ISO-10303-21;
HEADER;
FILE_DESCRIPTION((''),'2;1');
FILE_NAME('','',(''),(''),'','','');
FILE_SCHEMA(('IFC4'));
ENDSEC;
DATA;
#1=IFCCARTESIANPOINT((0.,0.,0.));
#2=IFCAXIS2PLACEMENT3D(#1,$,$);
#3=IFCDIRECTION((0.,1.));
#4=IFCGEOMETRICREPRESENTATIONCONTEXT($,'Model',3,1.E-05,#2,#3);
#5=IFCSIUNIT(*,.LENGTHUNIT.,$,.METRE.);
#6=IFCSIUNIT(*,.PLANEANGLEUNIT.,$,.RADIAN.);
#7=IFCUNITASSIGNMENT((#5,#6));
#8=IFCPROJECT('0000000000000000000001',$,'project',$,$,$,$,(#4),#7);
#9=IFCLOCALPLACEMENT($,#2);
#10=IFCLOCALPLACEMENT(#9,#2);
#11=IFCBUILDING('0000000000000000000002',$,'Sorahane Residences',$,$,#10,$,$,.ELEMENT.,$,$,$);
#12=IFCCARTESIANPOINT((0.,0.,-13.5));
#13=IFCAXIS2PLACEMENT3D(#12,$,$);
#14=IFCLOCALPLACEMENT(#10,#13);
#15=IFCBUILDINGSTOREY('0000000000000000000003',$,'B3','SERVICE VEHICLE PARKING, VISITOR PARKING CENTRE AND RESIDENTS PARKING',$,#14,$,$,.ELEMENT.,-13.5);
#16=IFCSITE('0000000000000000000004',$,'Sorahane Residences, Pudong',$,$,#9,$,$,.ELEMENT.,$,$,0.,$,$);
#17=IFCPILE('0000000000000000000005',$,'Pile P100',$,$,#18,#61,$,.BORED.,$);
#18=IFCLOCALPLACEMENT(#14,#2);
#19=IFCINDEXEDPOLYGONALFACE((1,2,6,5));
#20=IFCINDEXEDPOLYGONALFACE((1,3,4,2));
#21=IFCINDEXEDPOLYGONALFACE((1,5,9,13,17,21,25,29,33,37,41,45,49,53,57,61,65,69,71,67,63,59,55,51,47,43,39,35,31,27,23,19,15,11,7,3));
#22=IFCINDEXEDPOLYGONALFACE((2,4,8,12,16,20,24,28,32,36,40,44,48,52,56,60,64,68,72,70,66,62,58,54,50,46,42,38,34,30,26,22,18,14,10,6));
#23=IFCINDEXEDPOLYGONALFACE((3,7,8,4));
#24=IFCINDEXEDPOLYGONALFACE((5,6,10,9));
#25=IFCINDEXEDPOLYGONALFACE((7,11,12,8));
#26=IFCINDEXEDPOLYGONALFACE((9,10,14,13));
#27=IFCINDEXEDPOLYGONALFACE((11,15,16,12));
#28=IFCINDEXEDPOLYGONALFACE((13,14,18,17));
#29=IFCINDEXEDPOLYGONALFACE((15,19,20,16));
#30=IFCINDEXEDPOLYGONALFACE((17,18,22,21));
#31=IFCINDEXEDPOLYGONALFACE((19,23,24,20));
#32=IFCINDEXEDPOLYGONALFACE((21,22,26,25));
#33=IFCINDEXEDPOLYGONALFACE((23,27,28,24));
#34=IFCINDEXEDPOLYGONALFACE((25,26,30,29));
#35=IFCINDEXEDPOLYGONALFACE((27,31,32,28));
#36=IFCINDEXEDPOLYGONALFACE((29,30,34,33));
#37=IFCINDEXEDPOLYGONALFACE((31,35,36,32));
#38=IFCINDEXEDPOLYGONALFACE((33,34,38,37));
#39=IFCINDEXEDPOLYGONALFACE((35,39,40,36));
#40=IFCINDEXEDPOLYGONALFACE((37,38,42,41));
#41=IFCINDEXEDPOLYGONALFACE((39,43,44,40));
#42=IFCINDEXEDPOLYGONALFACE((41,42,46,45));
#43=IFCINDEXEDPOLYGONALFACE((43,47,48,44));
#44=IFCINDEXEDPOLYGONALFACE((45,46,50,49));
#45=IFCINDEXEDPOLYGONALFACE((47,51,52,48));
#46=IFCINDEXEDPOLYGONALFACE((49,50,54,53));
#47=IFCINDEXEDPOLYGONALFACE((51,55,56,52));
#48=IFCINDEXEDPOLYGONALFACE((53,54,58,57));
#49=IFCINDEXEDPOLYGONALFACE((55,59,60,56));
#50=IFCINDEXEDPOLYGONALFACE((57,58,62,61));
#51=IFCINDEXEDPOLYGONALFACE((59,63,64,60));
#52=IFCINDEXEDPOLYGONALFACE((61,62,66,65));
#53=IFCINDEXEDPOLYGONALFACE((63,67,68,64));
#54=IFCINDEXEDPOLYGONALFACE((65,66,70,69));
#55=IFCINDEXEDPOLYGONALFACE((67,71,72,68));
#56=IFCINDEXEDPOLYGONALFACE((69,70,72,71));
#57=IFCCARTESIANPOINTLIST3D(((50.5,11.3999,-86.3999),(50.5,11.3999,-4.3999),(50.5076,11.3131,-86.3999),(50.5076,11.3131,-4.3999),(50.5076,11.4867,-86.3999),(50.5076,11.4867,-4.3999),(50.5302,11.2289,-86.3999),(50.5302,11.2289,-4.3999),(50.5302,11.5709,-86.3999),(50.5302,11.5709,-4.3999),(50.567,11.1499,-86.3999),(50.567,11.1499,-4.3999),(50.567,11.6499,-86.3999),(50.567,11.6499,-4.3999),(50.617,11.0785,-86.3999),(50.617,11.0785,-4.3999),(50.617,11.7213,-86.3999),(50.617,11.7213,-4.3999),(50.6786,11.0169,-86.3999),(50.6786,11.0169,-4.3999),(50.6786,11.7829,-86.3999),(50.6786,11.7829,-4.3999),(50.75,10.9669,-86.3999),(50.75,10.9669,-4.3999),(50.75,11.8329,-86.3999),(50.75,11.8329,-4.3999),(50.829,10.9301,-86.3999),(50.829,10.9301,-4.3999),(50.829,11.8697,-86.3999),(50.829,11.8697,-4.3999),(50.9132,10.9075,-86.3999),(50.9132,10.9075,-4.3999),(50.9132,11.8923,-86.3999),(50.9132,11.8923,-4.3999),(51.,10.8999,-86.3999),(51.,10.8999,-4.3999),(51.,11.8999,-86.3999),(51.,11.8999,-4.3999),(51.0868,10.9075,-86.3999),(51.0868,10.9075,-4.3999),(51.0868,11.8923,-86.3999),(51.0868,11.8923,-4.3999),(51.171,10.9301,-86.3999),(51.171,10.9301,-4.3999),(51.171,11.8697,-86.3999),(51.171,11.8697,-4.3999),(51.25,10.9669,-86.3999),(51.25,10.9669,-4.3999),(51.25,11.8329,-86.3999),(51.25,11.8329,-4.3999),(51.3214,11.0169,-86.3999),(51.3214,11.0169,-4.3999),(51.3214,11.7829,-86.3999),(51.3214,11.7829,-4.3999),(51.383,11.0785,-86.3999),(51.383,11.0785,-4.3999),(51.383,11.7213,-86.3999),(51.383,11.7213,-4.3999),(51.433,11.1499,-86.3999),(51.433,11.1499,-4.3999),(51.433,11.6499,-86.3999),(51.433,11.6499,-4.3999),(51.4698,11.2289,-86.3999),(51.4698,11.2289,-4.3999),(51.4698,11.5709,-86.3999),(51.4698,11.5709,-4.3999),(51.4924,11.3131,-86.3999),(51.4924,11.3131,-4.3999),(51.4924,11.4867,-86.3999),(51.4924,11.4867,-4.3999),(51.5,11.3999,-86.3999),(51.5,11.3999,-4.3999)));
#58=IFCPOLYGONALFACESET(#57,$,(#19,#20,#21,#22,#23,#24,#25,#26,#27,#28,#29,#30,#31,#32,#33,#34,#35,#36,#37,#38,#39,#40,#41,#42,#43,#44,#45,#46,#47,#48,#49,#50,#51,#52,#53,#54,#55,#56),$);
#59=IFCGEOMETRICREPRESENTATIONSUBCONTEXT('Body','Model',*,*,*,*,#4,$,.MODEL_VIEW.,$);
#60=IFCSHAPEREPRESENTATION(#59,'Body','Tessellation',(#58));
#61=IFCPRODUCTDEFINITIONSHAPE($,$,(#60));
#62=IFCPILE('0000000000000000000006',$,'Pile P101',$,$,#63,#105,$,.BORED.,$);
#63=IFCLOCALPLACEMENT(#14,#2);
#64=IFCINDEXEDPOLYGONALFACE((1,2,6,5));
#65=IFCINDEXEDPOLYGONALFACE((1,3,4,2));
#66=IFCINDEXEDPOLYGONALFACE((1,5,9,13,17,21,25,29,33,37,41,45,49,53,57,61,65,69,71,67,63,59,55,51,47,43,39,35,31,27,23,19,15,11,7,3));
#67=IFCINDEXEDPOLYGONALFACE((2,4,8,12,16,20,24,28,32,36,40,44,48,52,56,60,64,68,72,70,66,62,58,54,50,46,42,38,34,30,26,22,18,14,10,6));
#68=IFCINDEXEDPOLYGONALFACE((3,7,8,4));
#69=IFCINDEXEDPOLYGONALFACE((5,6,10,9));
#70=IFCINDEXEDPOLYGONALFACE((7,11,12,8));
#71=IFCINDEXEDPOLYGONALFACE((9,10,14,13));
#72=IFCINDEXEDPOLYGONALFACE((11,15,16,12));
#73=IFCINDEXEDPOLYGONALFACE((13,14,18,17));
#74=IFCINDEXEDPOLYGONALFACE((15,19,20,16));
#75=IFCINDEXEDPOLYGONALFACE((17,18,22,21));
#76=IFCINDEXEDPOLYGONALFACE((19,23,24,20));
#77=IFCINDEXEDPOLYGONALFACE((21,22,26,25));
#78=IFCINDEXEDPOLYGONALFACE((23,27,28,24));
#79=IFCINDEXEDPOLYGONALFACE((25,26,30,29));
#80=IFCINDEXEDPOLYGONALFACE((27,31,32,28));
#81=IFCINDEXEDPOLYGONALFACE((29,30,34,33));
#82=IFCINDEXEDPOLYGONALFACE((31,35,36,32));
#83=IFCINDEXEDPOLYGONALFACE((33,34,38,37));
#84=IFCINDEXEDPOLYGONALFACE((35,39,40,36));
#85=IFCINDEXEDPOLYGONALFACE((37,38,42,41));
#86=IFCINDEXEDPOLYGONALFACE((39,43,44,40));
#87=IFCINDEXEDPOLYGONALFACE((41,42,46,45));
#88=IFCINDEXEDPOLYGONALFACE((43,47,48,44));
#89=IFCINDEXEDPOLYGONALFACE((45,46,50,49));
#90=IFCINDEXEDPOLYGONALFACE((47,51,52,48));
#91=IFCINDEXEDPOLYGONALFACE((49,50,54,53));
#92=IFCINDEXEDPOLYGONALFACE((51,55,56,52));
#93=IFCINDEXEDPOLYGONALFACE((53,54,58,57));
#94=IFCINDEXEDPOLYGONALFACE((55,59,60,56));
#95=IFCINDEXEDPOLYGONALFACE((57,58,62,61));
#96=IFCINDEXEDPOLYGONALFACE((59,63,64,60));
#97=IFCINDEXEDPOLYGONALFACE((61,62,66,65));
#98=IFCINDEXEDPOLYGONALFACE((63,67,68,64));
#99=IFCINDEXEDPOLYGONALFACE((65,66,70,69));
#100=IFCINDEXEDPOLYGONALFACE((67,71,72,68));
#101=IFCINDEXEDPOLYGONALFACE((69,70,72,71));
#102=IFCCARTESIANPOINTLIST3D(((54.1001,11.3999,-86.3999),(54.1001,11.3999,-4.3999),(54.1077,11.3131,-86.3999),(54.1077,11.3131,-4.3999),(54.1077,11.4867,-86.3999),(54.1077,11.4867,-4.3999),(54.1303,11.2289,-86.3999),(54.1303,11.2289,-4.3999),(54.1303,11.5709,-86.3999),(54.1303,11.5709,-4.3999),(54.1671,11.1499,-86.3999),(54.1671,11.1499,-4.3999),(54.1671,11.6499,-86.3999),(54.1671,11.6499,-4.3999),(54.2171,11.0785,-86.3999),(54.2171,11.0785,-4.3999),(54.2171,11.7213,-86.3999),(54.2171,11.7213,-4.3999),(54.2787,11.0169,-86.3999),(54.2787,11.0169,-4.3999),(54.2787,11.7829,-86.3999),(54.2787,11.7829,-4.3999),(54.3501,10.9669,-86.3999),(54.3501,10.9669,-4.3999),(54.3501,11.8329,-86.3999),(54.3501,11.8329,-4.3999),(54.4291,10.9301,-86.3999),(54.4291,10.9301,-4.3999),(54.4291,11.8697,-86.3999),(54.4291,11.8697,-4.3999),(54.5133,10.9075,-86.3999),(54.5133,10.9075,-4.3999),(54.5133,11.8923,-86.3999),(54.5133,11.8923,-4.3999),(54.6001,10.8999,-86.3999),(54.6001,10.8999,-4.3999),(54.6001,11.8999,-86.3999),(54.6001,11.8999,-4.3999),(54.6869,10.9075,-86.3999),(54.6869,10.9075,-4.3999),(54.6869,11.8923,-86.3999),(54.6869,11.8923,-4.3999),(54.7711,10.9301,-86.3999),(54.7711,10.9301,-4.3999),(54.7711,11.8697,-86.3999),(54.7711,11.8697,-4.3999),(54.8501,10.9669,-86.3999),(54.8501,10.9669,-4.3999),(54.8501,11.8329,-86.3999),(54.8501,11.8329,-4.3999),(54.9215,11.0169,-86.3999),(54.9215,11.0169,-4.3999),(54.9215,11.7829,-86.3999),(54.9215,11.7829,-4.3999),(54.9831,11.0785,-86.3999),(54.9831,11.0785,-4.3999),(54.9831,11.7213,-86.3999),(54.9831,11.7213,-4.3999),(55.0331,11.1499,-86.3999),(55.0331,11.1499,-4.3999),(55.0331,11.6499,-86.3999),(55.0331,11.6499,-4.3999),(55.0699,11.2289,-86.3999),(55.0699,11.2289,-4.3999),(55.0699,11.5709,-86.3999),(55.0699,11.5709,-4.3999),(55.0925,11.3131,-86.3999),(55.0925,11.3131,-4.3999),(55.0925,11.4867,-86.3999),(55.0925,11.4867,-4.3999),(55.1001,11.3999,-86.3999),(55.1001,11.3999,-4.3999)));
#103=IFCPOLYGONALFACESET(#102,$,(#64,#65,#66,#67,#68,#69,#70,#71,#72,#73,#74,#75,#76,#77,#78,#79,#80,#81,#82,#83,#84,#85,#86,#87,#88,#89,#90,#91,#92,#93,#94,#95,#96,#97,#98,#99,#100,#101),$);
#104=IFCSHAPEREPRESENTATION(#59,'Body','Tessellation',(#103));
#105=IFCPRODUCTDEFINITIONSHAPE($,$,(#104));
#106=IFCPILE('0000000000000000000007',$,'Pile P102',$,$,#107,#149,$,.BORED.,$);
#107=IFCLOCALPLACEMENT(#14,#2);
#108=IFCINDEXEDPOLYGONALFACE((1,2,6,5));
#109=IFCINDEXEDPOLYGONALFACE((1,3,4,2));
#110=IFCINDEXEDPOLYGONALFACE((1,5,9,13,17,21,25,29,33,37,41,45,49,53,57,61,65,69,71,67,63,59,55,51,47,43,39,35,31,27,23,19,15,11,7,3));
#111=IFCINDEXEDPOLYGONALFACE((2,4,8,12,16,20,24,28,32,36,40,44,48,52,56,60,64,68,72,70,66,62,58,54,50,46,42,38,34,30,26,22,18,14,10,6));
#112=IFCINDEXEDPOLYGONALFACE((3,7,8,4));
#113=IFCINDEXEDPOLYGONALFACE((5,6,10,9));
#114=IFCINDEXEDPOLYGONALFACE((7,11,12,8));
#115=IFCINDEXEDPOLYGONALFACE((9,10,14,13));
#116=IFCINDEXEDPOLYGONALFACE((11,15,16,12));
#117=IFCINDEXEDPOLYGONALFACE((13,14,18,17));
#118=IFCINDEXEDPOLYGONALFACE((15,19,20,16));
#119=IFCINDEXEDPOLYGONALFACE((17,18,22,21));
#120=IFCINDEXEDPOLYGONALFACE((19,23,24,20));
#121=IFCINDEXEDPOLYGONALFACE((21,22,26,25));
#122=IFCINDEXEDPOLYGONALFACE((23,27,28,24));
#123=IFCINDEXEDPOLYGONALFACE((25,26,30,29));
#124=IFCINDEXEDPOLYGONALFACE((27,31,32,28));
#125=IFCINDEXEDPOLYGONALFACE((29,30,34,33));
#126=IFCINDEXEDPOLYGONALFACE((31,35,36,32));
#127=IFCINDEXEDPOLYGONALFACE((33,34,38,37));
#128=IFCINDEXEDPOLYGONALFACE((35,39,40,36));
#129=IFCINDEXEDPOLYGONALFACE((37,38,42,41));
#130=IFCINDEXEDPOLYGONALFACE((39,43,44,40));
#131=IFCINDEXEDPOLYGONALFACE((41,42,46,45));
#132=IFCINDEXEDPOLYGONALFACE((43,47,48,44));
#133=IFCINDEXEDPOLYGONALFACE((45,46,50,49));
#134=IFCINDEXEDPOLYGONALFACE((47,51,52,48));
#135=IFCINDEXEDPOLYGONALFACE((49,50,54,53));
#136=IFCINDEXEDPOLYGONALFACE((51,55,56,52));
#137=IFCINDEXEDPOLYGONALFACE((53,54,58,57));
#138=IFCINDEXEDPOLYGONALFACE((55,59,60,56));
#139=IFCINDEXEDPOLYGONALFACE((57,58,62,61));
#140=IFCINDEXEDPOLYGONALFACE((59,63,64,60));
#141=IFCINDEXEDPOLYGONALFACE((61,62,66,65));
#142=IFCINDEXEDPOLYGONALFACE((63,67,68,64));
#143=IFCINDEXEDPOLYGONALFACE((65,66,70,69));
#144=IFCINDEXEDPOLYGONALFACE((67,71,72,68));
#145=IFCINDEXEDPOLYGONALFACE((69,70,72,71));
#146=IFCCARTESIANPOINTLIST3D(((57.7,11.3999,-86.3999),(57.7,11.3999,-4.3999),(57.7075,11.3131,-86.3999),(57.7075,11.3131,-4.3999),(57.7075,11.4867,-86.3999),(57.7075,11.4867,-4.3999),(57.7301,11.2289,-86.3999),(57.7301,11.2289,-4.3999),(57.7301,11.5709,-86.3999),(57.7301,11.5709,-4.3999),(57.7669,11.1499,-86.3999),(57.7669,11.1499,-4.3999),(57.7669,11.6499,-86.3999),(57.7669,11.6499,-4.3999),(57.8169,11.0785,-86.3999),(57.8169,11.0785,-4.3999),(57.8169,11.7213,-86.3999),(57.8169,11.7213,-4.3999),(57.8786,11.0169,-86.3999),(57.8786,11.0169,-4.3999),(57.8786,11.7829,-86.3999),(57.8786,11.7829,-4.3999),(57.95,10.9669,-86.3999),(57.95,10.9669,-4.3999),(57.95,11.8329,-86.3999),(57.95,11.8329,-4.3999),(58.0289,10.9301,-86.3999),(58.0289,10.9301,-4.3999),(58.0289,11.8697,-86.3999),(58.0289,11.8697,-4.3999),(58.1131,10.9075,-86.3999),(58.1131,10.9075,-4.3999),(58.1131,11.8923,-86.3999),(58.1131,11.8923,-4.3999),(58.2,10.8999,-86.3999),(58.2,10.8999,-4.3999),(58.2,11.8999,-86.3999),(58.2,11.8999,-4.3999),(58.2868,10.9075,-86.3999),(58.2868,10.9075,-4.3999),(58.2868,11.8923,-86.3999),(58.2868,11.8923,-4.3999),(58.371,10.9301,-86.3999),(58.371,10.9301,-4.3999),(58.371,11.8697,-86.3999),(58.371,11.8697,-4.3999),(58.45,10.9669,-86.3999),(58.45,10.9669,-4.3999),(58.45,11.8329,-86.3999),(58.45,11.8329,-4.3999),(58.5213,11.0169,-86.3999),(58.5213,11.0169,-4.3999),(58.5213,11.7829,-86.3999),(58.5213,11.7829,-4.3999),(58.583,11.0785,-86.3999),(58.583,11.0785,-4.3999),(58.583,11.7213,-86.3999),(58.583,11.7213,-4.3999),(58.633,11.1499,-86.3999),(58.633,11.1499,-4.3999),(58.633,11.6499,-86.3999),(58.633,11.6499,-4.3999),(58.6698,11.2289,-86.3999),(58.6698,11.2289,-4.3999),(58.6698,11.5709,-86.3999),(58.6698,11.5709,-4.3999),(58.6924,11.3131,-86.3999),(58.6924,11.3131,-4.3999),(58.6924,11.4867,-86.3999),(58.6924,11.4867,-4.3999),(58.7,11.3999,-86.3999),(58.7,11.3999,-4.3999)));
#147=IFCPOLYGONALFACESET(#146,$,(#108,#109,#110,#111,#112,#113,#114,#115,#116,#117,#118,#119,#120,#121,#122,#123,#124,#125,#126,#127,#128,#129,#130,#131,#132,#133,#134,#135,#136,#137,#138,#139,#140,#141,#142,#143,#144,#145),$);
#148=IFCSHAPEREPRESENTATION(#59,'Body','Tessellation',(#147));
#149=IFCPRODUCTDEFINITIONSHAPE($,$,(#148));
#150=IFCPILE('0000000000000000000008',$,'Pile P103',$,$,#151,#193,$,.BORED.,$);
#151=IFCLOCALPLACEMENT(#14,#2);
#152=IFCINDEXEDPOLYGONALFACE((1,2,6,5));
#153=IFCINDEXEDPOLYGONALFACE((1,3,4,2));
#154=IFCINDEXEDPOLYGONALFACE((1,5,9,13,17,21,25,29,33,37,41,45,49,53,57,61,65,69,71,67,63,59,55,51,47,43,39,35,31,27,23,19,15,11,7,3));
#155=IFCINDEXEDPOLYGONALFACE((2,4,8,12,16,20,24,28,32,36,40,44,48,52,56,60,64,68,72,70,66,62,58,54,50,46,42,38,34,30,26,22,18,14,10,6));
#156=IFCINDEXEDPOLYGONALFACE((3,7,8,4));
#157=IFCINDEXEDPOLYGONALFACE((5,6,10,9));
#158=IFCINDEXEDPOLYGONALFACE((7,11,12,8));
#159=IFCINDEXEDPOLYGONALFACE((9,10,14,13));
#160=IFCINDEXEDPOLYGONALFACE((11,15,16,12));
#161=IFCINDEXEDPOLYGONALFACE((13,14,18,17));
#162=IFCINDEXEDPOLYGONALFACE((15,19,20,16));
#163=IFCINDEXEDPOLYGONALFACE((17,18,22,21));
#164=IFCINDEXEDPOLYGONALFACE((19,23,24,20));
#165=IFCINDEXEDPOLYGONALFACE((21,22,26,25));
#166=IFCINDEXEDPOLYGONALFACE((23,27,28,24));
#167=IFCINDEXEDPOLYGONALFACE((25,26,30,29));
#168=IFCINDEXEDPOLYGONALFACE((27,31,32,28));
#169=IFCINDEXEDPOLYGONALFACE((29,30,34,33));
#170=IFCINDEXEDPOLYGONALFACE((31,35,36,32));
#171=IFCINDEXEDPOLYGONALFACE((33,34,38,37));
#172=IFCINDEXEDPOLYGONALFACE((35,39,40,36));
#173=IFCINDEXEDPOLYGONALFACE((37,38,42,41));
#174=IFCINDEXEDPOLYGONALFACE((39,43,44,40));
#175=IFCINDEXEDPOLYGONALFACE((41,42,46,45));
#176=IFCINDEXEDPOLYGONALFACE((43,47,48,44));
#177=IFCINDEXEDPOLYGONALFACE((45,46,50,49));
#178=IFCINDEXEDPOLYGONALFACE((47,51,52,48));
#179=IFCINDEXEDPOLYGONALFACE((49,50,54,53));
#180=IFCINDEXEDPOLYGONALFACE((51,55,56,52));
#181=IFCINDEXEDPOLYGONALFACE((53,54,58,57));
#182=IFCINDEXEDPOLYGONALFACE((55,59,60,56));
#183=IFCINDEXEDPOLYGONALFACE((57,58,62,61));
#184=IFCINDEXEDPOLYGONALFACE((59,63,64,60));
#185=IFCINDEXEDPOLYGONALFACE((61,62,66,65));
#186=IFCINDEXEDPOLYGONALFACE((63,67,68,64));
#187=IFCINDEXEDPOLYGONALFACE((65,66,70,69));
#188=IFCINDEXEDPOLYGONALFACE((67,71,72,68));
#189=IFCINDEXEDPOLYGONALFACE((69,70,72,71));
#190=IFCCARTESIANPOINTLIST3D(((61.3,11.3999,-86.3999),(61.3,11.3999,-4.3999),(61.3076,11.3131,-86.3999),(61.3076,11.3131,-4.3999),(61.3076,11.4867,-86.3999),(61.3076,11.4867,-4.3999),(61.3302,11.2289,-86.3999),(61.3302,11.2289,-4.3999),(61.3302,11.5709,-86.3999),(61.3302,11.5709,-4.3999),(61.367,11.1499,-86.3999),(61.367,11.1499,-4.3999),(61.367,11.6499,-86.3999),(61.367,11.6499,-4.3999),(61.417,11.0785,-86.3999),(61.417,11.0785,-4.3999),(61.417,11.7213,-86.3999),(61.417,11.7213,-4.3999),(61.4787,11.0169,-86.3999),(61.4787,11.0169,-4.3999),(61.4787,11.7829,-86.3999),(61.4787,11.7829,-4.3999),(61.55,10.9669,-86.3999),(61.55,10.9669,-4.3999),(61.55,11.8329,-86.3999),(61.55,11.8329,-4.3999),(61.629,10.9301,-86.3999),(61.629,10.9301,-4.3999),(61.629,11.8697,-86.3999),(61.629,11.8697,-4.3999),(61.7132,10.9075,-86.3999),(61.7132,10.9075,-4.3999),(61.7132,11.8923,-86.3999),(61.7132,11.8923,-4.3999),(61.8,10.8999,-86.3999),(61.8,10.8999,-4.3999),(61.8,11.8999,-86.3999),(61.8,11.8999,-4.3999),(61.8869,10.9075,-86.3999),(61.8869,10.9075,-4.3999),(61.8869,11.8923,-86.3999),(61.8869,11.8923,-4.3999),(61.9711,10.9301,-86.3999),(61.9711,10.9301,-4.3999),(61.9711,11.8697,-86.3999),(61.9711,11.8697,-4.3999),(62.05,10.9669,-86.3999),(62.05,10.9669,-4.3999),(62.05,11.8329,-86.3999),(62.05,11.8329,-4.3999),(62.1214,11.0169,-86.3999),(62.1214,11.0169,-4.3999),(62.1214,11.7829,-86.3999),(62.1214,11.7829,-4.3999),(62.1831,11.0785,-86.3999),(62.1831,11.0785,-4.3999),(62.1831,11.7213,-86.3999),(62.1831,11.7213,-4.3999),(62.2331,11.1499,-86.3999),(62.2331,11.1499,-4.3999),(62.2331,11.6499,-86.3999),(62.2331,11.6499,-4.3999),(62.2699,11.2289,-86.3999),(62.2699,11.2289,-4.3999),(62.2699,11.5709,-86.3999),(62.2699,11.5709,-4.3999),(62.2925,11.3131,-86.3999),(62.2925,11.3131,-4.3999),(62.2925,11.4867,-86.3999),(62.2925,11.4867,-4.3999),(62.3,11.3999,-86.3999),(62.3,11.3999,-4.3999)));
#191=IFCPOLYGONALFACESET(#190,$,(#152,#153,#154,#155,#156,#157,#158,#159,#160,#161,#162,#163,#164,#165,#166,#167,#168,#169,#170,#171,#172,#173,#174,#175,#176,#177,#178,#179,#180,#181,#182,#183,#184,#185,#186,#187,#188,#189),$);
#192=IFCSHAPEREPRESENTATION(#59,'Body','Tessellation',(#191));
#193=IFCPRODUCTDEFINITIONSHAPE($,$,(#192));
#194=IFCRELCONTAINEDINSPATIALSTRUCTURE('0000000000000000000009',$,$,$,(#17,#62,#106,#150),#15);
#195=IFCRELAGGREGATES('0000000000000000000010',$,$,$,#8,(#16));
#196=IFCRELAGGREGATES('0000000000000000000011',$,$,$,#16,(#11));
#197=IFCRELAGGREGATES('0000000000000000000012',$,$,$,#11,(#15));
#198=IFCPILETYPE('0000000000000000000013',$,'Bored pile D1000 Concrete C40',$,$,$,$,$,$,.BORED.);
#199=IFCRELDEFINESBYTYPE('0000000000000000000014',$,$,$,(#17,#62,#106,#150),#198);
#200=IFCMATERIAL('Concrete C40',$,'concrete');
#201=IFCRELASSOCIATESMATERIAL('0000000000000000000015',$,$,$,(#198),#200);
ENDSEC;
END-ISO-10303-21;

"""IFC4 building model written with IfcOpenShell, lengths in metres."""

from ifc_helpers import new_model, si_unit, direction, frame, origin, origin_2d, place, context, subcontext, project, spatial, circle, extrude, material, material_profile, profile_set, type_object, element, save


model = new_model("IFC4")

# Units and contexts
model_context = context("Model", 3, precision=1e-05, world=origin(), true_north=direction((0.0, 1.0)))
body_context = subcontext(model_context, "Body", "Model", "MODEL_VIEW")
ifc_project = project(units=[si_unit("LENGTHUNIT", "METRE"), si_unit("PLANEANGLEUNIT", "RADIAN")], contexts=[model_context])

# Site, building, storey
site_placement = place(None, origin())
site = spatial("IfcSite", under=ifc_project, at=site_placement, Name="Sorahane Residences, Pudong", CompositionType="ELEMENT", RefElevation=0.0)
building_placement = place(site_placement, origin())
building = spatial("IfcBuilding", under=site, at=building_placement, Name="Sorahane Residences", CompositionType="ELEMENT")
storey_placement = place(building_placement, frame((0.0, 0.0, -13.5)))
storey = spatial("IfcBuildingStorey", under=building, at=storey_placement, Name="B3", Description="SERVICE VEHICLE PARKING, VISITOR PARKING CENTRE AND RESIDENTS PARKING", CompositionType="ELEMENT", Elevation=-13.5)

# Piles
ifc_material_1 = material(Name="Concrete C40", Category="concrete")
ifc_material_profile_1 = material_profile(ifc_material_1, circle(Radius=0.5, at=origin_2d()), Name="D1000")
ifc_profile_set_1 = profile_set([ifc_material_profile_1], Name="Concrete C40")
pile_type = type_object("IfcPileType", Name="Bored pile D1000 Concrete C40", PredefinedType="BORED", material=ifc_profile_set_1)
for number, where, z_axis, x_axis, name in (
    (1, (51.0, 11.3999, -4.3999), (0.0, 0.0, -1.0), (1.0, 0.0, 0.0), "Pile P100"),
    (2, (54.6001, 11.3999, -4.3999), (0.0, 0.0, -1.0), (1.0, 0.0, 0.0), "Pile P101"),
    (3, (58.2, 11.3999, -4.3999), (0.0, 0.0, -1.0), (1.0, 0.0, 0.0), "Pile P102"),
    (4, (61.8, 11.3999, -4.3999), (0.0, 0.0, -1.0), (1.0, 0.0, 0.0), "Pile P103"),
):
    element("IfcPile", number, at=place(storey_placement, frame(where, z_axis=z_axis, x_axis=x_axis)), inside=storey, type_object=pile_type, Name=name, PredefinedType="BORED", context=body_context, shape_type="SweptSolid", body=[
        extrude(circle(Radius=0.5, at=origin_2d()), origin(), (0.0, 0.0, 1.0), 82.0),
    ])

save(model, "model.ifc")
